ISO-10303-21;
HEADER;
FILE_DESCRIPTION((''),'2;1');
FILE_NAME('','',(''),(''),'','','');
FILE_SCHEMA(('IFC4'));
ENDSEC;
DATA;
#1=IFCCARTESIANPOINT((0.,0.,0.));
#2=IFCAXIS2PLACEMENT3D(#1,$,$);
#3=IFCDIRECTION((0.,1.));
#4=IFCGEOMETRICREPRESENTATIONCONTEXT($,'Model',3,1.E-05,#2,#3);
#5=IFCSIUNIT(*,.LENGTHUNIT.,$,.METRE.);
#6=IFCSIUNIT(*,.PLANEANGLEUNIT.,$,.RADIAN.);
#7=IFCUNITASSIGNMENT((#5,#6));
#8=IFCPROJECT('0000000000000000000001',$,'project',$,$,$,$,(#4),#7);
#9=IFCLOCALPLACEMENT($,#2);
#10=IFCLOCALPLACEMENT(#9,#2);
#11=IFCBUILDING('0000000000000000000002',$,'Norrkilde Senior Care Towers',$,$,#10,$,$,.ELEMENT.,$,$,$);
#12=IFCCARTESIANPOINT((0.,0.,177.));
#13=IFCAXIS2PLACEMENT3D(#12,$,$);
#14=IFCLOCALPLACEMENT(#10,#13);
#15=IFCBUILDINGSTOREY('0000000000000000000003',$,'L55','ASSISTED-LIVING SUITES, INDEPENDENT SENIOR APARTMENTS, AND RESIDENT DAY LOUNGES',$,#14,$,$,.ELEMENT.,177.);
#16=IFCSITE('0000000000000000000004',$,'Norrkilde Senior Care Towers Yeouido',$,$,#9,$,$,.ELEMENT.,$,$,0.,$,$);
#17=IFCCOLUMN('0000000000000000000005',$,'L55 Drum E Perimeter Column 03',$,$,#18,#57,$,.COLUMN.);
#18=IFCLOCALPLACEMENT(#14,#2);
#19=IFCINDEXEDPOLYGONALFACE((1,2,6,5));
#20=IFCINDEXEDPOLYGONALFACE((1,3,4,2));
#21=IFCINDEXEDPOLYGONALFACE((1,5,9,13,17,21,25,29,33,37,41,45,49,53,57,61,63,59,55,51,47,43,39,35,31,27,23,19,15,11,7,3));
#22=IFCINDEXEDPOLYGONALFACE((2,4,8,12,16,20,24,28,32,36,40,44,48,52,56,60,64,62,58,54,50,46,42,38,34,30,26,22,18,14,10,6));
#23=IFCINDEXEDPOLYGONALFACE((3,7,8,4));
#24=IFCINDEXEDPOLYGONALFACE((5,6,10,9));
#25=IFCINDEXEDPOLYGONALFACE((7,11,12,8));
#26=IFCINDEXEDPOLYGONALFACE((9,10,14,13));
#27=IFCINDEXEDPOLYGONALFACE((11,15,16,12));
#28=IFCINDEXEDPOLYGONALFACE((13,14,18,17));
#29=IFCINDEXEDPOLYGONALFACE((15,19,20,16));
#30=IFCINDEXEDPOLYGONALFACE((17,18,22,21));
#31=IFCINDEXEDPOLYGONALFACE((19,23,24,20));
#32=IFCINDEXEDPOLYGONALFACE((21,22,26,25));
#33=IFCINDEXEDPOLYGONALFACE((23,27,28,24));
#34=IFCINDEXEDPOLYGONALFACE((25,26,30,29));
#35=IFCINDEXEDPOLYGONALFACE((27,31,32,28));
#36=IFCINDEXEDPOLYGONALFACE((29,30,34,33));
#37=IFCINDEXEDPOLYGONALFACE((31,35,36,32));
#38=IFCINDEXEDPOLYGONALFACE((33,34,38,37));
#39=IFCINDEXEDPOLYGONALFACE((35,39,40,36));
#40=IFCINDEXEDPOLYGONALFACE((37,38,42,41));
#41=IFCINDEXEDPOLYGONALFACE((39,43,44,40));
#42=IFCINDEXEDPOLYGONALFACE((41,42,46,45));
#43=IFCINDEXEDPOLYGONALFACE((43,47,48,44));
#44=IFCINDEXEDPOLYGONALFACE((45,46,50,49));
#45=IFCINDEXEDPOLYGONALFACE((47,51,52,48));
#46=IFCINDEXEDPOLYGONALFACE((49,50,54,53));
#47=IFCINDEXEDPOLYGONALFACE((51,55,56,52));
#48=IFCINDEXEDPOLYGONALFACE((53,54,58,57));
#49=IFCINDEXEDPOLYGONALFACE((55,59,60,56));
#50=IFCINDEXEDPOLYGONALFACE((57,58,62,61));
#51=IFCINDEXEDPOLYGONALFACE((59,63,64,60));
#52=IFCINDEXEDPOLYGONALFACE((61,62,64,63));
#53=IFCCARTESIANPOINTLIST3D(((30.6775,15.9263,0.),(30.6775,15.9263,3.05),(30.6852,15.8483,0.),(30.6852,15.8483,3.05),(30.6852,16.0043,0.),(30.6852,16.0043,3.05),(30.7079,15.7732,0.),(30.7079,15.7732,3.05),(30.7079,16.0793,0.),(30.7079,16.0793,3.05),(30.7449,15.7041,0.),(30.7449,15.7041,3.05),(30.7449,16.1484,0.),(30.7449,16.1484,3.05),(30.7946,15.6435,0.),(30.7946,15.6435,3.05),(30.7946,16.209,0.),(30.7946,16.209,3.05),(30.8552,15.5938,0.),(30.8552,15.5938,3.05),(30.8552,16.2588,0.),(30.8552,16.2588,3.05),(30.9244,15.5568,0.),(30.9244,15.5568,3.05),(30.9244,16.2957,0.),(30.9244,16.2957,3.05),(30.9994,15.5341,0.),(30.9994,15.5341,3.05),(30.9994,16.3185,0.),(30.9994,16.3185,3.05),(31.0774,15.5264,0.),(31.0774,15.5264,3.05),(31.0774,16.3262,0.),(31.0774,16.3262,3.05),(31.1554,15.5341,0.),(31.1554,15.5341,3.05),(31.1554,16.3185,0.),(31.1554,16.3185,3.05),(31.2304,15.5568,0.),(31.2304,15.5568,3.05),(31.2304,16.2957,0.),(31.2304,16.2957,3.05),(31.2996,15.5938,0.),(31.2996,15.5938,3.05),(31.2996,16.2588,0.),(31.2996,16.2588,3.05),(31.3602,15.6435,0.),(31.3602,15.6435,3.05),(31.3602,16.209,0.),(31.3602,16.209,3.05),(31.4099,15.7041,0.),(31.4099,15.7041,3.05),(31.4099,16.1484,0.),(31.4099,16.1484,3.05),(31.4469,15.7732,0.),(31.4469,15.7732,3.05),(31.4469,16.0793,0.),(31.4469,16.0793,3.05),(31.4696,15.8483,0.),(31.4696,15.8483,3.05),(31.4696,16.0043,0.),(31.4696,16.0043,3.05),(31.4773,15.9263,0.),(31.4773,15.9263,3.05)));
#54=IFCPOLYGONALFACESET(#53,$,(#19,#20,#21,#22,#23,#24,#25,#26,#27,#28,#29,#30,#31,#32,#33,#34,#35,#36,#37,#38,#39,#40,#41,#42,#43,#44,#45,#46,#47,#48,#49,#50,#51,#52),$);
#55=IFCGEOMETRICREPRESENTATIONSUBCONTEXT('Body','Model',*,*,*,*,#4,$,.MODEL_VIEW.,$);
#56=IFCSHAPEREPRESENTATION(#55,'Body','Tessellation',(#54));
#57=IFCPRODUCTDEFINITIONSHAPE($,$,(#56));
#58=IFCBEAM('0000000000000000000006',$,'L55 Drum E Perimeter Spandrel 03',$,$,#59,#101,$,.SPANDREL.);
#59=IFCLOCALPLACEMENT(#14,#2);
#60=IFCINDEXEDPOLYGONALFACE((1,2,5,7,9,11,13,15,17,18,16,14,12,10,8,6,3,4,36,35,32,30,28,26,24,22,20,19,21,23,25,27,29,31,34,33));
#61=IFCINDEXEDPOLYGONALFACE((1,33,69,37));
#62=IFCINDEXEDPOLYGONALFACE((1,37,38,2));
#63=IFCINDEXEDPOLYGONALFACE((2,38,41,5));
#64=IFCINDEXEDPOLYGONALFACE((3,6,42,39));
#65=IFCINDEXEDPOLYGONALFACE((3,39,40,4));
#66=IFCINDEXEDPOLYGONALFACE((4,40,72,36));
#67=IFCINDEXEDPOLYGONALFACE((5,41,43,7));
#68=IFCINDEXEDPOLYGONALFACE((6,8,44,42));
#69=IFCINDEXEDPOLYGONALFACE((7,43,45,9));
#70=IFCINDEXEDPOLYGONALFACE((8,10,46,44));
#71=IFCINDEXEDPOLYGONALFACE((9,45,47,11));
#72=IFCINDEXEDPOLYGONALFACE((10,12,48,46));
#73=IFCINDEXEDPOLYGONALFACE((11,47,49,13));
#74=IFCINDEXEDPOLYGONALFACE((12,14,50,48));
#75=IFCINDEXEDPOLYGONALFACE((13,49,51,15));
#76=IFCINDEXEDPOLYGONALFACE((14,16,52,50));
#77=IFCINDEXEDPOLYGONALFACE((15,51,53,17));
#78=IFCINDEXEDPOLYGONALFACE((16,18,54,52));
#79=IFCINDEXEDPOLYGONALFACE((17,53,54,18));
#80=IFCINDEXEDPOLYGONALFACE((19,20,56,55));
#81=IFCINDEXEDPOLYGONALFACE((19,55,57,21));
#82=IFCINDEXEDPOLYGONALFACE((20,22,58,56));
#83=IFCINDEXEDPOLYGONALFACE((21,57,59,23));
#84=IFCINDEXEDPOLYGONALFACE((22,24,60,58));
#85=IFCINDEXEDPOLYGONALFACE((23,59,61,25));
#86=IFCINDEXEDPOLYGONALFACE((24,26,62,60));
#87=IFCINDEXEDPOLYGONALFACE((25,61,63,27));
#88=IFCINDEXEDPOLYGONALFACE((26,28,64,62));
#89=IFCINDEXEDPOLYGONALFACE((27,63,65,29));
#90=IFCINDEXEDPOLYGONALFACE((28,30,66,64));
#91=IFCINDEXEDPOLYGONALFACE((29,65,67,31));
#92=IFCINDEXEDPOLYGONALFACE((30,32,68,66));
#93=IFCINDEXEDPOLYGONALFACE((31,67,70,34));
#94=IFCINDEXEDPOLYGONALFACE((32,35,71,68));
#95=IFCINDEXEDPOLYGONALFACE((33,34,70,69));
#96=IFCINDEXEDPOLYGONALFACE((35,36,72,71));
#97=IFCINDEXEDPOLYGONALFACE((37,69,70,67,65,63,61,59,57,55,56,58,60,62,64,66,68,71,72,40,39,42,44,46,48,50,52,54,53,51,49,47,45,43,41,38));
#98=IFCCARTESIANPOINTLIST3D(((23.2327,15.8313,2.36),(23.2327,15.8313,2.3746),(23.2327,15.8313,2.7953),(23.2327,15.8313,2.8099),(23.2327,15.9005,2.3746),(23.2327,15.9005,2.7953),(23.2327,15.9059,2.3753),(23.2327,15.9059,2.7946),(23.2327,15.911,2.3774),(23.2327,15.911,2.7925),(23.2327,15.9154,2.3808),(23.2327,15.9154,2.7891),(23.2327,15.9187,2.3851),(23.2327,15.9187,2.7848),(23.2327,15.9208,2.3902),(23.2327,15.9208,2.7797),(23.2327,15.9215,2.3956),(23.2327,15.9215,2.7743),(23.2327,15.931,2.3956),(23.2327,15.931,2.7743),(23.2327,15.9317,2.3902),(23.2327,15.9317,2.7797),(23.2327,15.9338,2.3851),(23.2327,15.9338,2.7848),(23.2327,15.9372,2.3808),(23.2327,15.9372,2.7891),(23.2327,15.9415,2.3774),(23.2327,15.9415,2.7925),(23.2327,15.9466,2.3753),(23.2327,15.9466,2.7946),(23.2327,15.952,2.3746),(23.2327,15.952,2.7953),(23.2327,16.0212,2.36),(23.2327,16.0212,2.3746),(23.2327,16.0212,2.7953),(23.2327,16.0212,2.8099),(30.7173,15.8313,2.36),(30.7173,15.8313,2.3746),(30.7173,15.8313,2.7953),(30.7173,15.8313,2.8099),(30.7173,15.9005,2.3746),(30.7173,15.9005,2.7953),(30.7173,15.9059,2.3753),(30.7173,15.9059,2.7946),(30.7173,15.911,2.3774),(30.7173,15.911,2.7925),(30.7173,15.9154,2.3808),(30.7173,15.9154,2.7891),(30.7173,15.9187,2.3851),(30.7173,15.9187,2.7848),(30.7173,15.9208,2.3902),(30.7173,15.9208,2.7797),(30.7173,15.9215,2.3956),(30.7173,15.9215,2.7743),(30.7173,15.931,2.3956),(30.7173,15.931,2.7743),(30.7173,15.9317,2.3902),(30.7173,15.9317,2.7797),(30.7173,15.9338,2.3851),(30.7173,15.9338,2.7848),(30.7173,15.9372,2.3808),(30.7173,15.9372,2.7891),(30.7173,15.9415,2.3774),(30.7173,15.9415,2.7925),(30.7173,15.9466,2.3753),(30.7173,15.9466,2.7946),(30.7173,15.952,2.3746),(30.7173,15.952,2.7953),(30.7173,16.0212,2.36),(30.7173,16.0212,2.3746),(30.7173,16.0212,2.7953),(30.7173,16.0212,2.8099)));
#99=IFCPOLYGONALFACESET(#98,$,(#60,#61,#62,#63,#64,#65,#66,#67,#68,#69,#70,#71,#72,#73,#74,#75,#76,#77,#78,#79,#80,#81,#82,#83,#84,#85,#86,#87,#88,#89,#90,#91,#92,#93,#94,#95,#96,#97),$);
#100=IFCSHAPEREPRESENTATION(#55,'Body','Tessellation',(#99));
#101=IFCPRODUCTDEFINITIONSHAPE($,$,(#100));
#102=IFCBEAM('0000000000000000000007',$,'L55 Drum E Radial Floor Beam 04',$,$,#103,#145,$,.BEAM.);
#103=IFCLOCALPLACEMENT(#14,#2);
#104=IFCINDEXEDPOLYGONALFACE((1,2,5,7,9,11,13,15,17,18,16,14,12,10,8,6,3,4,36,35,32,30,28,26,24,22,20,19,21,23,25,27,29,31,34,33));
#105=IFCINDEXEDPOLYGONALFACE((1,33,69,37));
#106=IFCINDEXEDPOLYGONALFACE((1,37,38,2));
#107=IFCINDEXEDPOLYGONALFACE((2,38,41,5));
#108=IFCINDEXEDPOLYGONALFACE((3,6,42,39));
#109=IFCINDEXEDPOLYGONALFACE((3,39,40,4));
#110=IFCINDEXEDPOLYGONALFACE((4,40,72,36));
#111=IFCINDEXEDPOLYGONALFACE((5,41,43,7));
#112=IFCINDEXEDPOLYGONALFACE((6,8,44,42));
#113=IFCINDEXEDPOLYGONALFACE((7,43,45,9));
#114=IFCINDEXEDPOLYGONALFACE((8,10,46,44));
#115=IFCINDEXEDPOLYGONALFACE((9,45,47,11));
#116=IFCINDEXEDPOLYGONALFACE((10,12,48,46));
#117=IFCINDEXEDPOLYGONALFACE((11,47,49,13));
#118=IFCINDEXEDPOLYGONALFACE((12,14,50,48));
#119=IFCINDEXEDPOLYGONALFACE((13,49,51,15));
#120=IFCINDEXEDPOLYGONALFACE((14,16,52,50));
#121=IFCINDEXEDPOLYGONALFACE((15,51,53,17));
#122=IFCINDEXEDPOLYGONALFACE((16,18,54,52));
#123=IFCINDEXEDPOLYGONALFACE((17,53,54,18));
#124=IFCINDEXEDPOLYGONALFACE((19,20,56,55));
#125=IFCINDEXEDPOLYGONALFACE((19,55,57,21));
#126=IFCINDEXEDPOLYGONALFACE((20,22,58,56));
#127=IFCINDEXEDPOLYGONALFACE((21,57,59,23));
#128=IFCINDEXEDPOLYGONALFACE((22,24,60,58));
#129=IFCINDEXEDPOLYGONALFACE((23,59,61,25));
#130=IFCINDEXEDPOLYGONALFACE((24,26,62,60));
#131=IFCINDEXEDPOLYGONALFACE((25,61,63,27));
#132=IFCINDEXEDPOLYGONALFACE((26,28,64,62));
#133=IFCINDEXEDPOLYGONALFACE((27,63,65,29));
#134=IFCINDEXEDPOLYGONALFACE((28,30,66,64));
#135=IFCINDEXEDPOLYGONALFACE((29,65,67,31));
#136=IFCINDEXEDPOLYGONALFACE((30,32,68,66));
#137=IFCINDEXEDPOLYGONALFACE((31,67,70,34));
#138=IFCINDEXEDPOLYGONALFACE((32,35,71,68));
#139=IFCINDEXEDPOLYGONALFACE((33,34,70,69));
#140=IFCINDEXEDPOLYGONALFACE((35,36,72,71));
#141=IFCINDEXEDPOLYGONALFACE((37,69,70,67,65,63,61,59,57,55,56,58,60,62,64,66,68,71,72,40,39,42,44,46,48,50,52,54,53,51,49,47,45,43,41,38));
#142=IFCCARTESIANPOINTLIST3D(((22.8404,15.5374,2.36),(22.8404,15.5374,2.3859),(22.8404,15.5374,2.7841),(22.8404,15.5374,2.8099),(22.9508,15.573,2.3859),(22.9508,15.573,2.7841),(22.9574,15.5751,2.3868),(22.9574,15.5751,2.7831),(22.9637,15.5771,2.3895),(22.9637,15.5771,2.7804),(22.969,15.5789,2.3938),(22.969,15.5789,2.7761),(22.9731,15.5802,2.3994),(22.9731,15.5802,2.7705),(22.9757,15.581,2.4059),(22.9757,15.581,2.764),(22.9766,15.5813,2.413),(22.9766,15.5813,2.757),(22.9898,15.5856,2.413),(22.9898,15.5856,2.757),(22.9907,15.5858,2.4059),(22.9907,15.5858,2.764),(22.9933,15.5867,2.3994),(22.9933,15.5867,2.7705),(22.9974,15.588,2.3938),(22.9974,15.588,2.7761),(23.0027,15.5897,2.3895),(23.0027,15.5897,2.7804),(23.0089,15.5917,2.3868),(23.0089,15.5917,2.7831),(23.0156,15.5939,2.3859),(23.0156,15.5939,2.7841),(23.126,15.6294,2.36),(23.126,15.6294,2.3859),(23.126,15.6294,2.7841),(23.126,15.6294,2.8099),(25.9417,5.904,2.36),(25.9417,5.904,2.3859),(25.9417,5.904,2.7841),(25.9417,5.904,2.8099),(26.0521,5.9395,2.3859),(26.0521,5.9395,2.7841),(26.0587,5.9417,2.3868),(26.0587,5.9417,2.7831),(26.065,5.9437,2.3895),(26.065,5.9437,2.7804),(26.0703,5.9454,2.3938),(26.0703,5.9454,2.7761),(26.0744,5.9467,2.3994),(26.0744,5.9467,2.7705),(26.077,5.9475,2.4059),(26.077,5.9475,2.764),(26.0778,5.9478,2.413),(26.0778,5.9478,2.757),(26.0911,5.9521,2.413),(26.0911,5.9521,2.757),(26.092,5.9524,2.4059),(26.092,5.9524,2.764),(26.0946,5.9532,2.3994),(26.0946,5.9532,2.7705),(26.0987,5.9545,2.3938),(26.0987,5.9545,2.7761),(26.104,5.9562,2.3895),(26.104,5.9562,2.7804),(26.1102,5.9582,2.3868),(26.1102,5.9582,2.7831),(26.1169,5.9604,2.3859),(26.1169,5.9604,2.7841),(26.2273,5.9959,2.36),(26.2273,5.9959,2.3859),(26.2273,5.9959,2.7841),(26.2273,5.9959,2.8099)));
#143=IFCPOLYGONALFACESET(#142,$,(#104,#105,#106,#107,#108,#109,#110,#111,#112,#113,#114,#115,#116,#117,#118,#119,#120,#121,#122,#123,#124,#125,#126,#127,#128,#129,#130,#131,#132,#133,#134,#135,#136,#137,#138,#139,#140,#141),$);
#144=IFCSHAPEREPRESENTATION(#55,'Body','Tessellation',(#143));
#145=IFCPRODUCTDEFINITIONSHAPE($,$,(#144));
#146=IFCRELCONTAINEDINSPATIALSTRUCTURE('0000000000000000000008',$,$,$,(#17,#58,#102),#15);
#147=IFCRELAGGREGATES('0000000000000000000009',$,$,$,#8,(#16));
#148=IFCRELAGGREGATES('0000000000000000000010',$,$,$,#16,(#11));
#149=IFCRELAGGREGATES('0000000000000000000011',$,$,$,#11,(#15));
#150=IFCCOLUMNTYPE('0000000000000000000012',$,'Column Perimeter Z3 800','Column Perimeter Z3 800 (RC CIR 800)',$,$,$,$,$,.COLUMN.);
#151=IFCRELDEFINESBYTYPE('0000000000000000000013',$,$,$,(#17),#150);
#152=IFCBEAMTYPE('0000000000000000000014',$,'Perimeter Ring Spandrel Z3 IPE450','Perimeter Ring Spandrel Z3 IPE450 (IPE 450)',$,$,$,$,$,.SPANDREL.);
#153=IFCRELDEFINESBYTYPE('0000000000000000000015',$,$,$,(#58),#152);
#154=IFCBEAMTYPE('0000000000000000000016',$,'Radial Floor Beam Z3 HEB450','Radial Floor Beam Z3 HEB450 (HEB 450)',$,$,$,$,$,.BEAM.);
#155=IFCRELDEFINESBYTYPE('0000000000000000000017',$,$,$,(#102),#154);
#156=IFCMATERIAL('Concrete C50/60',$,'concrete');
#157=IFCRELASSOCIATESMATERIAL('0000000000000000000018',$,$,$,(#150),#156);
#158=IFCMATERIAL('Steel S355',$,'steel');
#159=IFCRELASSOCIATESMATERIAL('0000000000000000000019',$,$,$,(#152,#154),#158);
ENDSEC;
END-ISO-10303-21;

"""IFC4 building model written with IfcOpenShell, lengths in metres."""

from ifc_helpers import new_model, si_unit, direction, frame, origin, origin_2d, place, context, subcontext, project, spatial, circle, i_section, extrude, source, transform, mapped, material, material_profile, profile_set, type_object, type_shapes, element, save


model = new_model("IFC4")

# Units and contexts
model_context = context("Model", 3, precision=1e-05, world=origin(), true_north=direction((0.0, 1.0)))
body_context = subcontext(model_context, "Body", "Model", "MODEL_VIEW")
ifc_project = project(units=[si_unit("LENGTHUNIT", "METRE"), si_unit("PLANEANGLEUNIT", "RADIAN")], contexts=[model_context])

# Site, building, storey
site_placement = place(None, origin())
site = spatial("IfcSite", under=ifc_project, at=site_placement, Name="Norrkilde Senior Care Towers Yeouido", CompositionType="ELEMENT", RefElevation=0.0)
building_placement = place(site_placement, origin())
building = spatial("IfcBuilding", under=site, at=building_placement, Name="Norrkilde Senior Care Towers", CompositionType="ELEMENT")
storey_placement = place(building_placement, frame((0.0, 0.0, 177.0)))
storey = spatial("IfcBuildingStorey", under=building, at=storey_placement, Name="L55", Description="ASSISTED-LIVING SUITES, INDEPENDENT SENIOR APARTMENTS, AND RESIDENT DAY LOUNGES", CompositionType="ELEMENT", Elevation=177.0)

# Column
ifc_material_1 = material(Name="Concrete C50/60", Category="concrete")
ifc_material_profile_1 = material_profile(ifc_material_1, circle(Radius=0.3999, at=origin_2d()), Name="RC CIR 800")
ifc_profile_set_1 = profile_set([ifc_material_profile_1], Name="Concrete C50/60")
column_type = type_object("IfcColumnType", Name="Column Perimeter Z3 800", Description="Column Perimeter Z3 800 (RC CIR 800)", PredefinedType="COLUMN", material=ifc_profile_set_1)
shared_shape_1 = source(origin(), body_context, "Body", "SweptSolid", [
    extrude(circle(Radius=0.3999, at=origin_2d()), origin(), (0.0, 0.0, 1.0), 3.05),
])
type_shapes(column_type, [shared_shape_1])
column_placement = place(storey_placement, frame((31.0774, 15.9263, 0.0), z_axis=(0.0, 0.0, 1.0), x_axis=(1.0, 0.0, 0.0)))
element("IfcColumn", 1, at=column_placement, inside=storey, type_object=column_type, Name="L55 Drum E Perimeter Column 03", PredefinedType="COLUMN", context=body_context, shape_type="MappedRepresentation", body=[
    mapped(shared_shape_1, transform((0.0, 0.0, 0.0), x_axis=(1.0, 0.0, 0.0), y_axis=(0.0, 1.0, 0.0), z_axis=(0.0, 0.0, 1.0), scale=1.0)),
])

# Beams
ifc_material_2 = material(Name="Steel S355", Category="steel")
ifc_material_profile_2 = material_profile(ifc_material_2, i_section(OverallWidth=0.1899, OverallDepth=0.45, WebThickness=0.0095, FlangeThickness=0.0146, FilletRadius=0.021, at=origin_2d()), Name="IPE 450")
ifc_profile_set_2 = profile_set([ifc_material_profile_2], Name="Steel S355")
beam_type_1 = type_object("IfcBeamType", Name="Perimeter Ring Spandrel Z3 IPE450", Description="Perimeter Ring Spandrel Z3 IPE450 (IPE 450)", PredefinedType="SPANDREL", material=ifc_profile_set_2)
shared_shape_2 = source(origin(), body_context, "Body", "SweptSolid", [
    extrude(i_section(OverallWidth=0.1899, OverallDepth=0.45, WebThickness=0.0095, FlangeThickness=0.0146, FilletRadius=0.021, at=origin_2d()), origin(), (0.0, 0.0, 1.0), 7.4846),
])
type_shapes(beam_type_1, [shared_shape_2])
beam_1_placement = place(storey_placement, frame((30.7173, 15.9263, 2.585), z_axis=(-1.0, 0.0, 0.0), x_axis=(0.0, -1.0, 0.0)))
element("IfcBeam", 2, at=beam_1_placement, inside=storey, type_object=beam_type_1, Name="L55 Drum E Perimeter Spandrel 03", PredefinedType="SPANDREL", context=body_context, shape_type="MappedRepresentation", body=[
    mapped(shared_shape_2, transform((0.0, 0.0, 0.0), x_axis=(1.0, 0.0, 0.0), y_axis=(0.0, 1.0, 0.0), z_axis=(0.0, 0.0, 1.0), scale=1.0)),
])
ifc_material_profile_3 = material_profile(ifc_material_2, i_section(OverallWidth=0.3, OverallDepth=0.45, WebThickness=0.0139, FlangeThickness=0.0259, FilletRadius=0.0271, at=origin_2d()), Name="HEB 450")
ifc_profile_set_3 = profile_set([ifc_material_profile_3], Name="Steel S355")
beam_type_2 = type_object("IfcBeamType", Name="Radial Floor Beam Z3 HEB450", Description="Radial Floor Beam Z3 HEB450 (HEB 450)", PredefinedType="BEAM", material=ifc_profile_set_3)
shared_shape_3 = source(origin(), body_context, "Body", "SweptSolid", [
    extrude(i_section(OverallWidth=0.3, OverallDepth=0.45, WebThickness=0.0139, FlangeThickness=0.0259, FilletRadius=0.0271, at=origin_2d()), origin(), (0.0, 0.0, 1.0), 10.1204),
])
beam_2_placement = place(storey_placement, frame((26.0845, 5.95, 2.585), z_axis=(-0.306441, 0.95189, 0.0), x_axis=(-0.95189, -0.306441, 0.0)))
element("IfcBeam", 3, at=beam_2_placement, inside=storey, type_object=beam_type_2, Name="L55 Drum E Radial Floor Beam 04", PredefinedType="BEAM", context=body_context, shape_type="MappedRepresentation", body=[
    mapped(shared_shape_3, transform((0.0, 0.0, 0.0), x_axis=(1.0, 0.0, 0.0), y_axis=(0.0, 1.0, 0.0), z_axis=(0.0, 0.0, 1.0), scale=1.0)),
])

save(model, "model.ifc")
